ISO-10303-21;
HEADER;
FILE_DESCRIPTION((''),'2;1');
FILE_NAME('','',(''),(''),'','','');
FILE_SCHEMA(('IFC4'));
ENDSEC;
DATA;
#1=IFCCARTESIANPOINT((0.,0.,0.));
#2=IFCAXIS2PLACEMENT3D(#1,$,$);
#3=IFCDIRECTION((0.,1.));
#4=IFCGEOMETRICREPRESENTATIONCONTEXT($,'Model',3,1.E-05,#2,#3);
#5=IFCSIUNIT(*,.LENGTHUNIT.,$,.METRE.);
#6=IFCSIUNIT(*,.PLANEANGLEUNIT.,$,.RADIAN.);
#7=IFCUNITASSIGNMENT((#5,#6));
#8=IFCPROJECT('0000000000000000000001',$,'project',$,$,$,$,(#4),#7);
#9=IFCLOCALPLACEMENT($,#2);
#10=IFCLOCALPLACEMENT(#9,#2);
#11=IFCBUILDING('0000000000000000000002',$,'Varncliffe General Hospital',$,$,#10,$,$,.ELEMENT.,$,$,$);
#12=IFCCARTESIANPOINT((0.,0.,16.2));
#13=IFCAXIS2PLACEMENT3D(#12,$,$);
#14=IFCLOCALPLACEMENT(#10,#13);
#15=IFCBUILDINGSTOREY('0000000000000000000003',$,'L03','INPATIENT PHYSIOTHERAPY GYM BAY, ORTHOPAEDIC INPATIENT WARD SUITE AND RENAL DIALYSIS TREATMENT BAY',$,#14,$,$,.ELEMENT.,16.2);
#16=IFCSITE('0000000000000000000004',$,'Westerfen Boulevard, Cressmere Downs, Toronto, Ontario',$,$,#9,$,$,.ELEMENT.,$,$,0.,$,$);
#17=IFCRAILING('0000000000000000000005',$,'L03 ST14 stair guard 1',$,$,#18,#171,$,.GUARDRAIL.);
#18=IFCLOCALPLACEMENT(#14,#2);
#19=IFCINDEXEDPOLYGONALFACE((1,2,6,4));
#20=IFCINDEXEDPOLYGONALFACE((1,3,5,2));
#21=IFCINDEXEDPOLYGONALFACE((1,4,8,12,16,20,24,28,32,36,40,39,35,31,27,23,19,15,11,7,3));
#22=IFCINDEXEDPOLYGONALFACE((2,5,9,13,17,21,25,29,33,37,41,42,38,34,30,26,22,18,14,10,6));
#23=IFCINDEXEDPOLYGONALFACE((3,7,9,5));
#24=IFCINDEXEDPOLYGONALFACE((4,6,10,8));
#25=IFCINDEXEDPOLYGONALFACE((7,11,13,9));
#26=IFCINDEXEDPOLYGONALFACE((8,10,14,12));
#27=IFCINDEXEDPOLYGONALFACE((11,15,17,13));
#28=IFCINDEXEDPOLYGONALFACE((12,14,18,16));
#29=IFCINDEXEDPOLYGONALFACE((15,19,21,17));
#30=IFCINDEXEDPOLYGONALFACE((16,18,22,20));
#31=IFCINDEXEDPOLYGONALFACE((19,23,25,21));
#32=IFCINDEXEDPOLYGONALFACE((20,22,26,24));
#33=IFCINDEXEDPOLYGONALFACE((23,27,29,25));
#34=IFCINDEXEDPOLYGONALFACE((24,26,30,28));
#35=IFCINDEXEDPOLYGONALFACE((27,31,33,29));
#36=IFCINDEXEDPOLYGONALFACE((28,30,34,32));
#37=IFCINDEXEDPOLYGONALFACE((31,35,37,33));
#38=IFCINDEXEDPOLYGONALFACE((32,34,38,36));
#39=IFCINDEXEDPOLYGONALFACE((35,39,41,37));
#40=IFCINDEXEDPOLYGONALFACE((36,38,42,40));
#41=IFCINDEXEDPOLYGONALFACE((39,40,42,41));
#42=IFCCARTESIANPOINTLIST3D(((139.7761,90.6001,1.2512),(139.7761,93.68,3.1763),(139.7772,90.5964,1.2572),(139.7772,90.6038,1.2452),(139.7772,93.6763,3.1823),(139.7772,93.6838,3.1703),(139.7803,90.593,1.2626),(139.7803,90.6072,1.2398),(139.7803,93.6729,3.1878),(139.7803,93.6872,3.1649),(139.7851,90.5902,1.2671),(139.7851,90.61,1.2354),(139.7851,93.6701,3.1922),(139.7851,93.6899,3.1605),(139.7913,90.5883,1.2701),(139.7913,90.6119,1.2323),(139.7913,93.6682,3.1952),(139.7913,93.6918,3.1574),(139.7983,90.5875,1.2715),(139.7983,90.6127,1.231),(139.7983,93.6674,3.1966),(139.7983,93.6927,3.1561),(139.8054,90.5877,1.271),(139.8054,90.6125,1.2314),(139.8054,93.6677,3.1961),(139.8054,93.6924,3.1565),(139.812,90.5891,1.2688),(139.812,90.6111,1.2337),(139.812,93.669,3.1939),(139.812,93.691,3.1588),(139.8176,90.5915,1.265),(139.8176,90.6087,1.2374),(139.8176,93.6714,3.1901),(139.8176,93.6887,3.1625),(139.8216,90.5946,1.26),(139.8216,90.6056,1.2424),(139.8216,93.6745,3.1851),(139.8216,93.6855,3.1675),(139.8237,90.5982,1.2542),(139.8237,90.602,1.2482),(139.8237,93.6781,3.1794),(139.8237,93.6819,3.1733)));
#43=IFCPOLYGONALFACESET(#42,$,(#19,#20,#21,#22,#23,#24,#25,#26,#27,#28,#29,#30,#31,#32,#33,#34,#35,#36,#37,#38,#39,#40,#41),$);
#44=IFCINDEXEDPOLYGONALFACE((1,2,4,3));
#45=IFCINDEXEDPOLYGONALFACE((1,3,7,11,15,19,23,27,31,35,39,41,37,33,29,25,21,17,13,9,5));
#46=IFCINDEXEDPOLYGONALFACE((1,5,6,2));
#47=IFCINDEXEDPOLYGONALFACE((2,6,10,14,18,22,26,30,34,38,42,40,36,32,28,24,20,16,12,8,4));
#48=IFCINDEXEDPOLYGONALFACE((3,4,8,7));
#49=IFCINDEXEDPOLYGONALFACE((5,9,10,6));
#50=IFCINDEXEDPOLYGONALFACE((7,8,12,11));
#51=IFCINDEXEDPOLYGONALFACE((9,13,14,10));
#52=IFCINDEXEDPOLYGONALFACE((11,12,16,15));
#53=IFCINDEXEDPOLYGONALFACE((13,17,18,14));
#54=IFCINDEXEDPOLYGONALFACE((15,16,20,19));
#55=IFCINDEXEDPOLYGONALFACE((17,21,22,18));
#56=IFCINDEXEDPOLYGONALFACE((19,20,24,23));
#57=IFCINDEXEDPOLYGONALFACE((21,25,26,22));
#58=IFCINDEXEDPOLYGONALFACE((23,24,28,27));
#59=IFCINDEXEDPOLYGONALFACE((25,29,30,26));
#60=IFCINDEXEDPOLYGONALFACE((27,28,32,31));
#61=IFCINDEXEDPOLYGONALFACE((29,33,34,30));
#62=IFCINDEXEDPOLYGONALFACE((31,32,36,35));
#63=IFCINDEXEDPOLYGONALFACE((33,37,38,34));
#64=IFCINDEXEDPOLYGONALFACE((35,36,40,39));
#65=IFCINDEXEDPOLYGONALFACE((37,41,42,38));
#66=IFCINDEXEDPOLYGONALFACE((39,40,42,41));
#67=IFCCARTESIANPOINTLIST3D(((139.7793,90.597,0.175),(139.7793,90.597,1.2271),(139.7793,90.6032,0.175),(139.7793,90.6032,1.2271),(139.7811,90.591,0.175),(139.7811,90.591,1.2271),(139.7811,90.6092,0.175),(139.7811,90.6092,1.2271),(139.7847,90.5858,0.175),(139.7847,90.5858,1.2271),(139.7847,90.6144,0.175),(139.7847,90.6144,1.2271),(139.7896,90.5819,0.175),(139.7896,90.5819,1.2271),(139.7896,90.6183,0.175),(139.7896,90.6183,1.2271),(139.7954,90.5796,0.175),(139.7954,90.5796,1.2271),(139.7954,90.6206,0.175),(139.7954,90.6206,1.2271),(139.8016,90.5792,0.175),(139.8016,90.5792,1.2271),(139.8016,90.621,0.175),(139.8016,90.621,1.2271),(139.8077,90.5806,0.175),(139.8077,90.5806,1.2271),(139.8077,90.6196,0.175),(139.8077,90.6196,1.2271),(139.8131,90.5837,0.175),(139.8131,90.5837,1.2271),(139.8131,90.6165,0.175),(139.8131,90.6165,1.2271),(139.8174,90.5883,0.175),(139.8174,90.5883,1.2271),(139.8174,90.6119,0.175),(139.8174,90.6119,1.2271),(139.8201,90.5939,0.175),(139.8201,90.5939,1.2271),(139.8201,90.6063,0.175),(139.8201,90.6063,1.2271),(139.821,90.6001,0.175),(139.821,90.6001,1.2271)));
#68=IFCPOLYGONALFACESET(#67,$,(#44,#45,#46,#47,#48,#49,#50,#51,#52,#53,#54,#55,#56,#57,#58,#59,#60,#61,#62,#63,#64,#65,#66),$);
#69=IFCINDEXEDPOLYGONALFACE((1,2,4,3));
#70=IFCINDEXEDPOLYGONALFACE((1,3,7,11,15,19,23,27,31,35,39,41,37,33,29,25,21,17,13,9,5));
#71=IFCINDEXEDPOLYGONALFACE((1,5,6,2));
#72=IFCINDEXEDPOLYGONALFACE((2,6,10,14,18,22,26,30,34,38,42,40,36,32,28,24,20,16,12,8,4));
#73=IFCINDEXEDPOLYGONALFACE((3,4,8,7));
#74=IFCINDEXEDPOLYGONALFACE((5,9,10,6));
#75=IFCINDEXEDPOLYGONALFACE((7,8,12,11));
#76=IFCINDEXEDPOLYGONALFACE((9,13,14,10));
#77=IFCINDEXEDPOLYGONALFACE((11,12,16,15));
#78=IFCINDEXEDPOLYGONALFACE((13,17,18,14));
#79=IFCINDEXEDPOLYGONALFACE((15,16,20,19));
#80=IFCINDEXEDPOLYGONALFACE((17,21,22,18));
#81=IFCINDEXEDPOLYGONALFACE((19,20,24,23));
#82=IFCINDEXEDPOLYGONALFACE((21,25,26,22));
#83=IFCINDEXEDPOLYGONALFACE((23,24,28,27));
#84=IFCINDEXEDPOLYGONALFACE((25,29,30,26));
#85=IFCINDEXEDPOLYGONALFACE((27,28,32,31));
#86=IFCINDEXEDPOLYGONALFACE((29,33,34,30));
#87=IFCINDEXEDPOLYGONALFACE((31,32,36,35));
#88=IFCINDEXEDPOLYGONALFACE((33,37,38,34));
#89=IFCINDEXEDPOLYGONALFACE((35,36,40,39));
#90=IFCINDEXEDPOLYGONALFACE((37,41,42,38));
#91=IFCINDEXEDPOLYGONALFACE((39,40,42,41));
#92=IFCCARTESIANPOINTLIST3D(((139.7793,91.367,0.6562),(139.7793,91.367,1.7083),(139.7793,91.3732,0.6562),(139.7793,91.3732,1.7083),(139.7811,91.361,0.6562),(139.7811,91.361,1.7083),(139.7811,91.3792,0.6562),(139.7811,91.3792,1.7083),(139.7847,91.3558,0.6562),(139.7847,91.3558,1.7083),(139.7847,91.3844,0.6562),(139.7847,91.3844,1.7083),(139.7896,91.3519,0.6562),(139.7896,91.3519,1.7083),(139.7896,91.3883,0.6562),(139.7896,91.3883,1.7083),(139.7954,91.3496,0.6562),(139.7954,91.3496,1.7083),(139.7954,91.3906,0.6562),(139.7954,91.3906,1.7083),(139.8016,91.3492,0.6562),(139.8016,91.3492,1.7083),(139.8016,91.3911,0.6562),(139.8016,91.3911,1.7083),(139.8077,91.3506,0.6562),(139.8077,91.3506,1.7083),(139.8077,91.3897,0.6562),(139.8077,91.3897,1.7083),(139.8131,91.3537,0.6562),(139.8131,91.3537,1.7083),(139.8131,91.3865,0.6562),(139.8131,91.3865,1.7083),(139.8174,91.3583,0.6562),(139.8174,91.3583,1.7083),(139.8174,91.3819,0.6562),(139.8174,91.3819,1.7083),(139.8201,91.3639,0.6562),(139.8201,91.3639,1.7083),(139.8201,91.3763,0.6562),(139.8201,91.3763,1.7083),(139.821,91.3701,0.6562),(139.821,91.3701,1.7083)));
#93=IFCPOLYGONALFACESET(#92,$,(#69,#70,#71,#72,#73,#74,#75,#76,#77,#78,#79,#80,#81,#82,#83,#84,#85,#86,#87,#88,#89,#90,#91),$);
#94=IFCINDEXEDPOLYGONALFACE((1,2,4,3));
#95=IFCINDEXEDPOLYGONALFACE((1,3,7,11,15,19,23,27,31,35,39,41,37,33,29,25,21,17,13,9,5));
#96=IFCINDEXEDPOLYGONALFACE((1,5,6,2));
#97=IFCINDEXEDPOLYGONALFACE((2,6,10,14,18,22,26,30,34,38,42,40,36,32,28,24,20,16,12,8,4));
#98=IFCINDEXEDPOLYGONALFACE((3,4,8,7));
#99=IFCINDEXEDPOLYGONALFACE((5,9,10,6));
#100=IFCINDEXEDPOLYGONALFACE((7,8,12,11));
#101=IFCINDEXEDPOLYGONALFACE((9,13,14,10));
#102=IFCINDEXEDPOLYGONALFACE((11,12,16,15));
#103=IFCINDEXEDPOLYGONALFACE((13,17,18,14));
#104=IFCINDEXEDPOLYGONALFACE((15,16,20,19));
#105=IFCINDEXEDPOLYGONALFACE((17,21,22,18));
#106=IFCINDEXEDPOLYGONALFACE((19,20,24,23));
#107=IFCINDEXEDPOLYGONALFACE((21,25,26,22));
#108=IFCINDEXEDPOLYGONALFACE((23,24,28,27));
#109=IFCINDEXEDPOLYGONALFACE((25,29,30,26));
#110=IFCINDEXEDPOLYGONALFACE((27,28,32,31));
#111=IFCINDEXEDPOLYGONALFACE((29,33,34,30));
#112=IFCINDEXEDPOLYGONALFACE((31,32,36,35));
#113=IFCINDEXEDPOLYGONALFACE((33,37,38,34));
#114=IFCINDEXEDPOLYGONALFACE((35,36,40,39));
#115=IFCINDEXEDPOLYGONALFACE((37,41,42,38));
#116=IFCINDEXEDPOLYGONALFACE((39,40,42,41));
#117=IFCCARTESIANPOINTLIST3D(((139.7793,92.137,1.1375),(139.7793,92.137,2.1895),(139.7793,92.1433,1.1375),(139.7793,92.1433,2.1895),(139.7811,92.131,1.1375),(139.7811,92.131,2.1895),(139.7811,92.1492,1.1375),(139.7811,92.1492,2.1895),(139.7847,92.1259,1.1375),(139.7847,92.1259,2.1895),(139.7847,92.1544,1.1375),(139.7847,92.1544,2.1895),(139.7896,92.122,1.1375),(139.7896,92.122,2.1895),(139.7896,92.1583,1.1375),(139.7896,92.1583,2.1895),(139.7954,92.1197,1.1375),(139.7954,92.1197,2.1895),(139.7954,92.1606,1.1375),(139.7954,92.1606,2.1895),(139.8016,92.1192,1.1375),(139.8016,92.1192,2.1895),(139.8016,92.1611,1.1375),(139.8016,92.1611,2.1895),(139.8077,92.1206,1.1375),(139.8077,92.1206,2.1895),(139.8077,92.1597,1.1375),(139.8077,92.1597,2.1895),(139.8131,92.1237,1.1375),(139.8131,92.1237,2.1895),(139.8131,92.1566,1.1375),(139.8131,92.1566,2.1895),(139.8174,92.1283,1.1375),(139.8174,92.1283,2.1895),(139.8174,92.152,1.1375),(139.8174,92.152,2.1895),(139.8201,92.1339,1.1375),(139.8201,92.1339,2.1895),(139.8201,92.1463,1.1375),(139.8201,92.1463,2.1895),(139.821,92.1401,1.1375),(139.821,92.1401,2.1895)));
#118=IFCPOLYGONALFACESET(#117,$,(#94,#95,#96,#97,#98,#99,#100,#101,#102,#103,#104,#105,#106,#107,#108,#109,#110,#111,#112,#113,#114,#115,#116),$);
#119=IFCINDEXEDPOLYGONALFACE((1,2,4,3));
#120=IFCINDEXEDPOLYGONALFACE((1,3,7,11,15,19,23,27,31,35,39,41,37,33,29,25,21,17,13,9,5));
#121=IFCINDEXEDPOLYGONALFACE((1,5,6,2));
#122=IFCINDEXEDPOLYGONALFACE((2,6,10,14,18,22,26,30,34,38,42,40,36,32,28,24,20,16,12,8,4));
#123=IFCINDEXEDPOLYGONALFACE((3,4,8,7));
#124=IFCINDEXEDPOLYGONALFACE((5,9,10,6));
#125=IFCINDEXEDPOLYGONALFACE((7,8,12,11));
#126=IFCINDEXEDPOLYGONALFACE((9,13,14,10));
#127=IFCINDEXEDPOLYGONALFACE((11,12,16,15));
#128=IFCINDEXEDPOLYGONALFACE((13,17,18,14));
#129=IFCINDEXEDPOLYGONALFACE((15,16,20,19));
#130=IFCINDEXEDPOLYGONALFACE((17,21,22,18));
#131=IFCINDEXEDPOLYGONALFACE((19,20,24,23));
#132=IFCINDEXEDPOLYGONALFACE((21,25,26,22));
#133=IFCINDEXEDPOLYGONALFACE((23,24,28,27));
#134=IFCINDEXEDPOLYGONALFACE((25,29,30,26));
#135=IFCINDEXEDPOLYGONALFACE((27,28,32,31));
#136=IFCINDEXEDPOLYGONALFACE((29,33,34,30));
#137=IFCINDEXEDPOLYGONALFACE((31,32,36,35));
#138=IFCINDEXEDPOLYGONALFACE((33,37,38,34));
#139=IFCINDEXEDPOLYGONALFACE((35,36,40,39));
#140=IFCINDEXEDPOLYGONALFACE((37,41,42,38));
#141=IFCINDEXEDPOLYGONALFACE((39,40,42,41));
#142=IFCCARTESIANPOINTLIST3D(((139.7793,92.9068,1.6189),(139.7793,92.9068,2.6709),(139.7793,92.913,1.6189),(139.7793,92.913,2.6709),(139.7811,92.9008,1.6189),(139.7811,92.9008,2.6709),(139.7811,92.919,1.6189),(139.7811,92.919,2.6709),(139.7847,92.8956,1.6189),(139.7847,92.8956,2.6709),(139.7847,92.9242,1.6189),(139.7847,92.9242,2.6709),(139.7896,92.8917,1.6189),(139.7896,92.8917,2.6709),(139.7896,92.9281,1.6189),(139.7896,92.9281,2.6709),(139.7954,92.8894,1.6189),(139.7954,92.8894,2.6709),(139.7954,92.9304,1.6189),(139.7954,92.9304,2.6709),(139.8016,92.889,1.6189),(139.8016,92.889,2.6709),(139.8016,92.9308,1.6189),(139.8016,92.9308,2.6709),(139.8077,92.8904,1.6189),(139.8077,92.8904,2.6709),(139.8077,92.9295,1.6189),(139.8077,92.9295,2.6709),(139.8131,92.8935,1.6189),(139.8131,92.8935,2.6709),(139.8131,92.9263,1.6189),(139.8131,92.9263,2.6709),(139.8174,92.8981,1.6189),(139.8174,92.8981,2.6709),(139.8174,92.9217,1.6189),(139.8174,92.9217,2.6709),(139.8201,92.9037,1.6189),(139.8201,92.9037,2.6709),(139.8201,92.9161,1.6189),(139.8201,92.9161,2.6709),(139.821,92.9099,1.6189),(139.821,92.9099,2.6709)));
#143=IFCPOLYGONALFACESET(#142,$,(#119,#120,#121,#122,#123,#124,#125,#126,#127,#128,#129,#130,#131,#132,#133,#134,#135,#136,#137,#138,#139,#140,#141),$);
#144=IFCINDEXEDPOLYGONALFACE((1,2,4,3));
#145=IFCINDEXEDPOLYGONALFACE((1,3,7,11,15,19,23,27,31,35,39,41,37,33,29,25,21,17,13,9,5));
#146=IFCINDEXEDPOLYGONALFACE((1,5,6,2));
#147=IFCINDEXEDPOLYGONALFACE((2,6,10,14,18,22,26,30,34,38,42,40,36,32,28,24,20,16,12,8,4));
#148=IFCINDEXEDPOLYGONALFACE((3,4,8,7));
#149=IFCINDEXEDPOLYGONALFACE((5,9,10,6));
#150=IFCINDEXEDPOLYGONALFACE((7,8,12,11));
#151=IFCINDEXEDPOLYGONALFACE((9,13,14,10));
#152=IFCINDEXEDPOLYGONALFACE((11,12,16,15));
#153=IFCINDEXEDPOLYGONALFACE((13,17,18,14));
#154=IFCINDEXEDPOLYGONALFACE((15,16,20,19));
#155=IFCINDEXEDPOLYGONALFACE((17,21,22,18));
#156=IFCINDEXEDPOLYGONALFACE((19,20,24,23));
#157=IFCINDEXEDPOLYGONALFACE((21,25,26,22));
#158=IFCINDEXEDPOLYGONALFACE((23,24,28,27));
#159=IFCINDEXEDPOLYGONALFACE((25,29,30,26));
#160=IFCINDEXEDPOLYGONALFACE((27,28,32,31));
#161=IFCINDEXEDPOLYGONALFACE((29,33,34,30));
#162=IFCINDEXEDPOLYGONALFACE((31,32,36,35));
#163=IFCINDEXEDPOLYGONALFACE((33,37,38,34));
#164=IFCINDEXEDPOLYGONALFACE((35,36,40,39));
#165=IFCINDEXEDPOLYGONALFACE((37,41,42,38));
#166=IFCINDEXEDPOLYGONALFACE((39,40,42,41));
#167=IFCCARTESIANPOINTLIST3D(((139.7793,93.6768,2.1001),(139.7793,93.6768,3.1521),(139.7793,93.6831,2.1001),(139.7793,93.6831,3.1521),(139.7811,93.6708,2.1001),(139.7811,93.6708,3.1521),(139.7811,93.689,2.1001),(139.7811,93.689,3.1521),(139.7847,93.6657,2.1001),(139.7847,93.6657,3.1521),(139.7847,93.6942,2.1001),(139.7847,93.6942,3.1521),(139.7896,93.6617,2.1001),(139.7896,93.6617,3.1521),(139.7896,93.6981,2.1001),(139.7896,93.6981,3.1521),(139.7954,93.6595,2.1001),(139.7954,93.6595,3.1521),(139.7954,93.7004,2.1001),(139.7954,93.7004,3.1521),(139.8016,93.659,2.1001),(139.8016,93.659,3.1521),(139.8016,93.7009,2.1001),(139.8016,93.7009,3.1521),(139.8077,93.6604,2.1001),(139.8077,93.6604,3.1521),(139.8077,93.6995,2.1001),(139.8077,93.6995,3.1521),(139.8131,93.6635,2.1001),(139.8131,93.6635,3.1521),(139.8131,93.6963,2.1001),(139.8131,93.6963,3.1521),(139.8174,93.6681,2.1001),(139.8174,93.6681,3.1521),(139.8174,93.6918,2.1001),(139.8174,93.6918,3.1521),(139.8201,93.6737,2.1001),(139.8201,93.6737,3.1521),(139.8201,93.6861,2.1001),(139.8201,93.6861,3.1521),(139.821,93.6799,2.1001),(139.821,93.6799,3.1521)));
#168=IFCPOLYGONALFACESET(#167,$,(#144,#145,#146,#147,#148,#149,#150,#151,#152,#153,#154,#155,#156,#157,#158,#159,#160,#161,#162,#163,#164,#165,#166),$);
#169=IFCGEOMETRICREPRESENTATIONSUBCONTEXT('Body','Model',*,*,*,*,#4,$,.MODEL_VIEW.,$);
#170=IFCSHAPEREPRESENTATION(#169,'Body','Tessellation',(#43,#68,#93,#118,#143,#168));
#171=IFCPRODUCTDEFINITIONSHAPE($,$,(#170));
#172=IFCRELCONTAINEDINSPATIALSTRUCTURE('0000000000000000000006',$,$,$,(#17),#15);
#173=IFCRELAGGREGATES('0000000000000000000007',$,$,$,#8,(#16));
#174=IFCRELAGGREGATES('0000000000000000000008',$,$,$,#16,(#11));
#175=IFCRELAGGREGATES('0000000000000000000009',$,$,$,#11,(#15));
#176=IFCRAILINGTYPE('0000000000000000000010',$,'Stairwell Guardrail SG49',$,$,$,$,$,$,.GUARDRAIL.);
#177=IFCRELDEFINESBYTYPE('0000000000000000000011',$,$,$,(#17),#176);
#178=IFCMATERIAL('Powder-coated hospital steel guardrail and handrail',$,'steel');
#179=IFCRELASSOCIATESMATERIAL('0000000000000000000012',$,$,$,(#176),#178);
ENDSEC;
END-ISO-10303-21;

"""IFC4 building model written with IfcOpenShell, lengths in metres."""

from ifc_helpers import new_model, si_unit, direction, frame, origin, origin_2d, place, context, subcontext, project, spatial, circle, extrude, material, type_object, element, save


model = new_model("IFC4")

# Units and contexts
model_context = context("Model", 3, precision=1e-05, world=origin(), true_north=direction((0.0, 1.0)))
body_context = subcontext(model_context, "Body", "Model", "MODEL_VIEW")
ifc_project = project(units=[si_unit("LENGTHUNIT", "METRE"), si_unit("PLANEANGLEUNIT", "RADIAN")], contexts=[model_context])

# Site, building, storey
site_placement = place(None, origin())
site = spatial("IfcSite", under=ifc_project, at=site_placement, Name="Westerfen Boulevard, Cressmere Downs, Toronto, Ontario", CompositionType="ELEMENT", RefElevation=0.0)
building_placement = place(site_placement, origin())
building = spatial("IfcBuilding", under=site, at=building_placement, Name="Varncliffe General Hospital", CompositionType="ELEMENT")
storey_placement = place(building_placement, frame((0.0, 0.0, 16.2)))
storey = spatial("IfcBuildingStorey", under=building, at=storey_placement, Name="L03", Description="INPATIENT PHYSIOTHERAPY GYM BAY, ORTHOPAEDIC INPATIENT WARD SUITE AND RENAL DIALYSIS TREATMENT BAY", CompositionType="ELEMENT", Elevation=16.2)

# Railing
ifc_material_1 = material(Name="Powder-coated hospital steel guardrail and handrail", Category="steel")
railing_type_1 = type_object("IfcRailingType", Name="Stairwell Guardrail SG49", PredefinedType="GUARDRAIL", material=ifc_material_1)
railing_1_placement = place(storey_placement, frame((139.8, 90.6001, 0.175)))
element("IfcRailing", 1, at=railing_1_placement, inside=storey, type_object=railing_type_1, Name="L03 ST14 stair guard 1", PredefinedType="GUARDRAIL", context=body_context, shape_type="SweptSolid", body=[
    extrude(circle(Radius=0.0239, at=origin_2d()), frame((0.0, 0.0, 1.0762), z_axis=(0.0, 0.847979, 0.530029), x_axis=(-1.0, 0.0, 0.0)), (0.0, 0.0, 1.0), 3.6321),
    extrude(circle(Radius=0.021, at=origin_2d()), origin(), (0.0, 0.0, 1.0), 1.052),
    extrude(circle(Radius=0.021, at=origin_2d()), frame((0.0, 0.77, 0.4812)), (0.0, 0.0, 1.0), 1.052),
    extrude(circle(Radius=0.021, at=origin_2d()), frame((0.0, 1.54, 0.9624)), (0.0, 0.0, 1.0), 1.052),
    extrude(circle(Radius=0.021, at=origin_2d()), frame((0.0, 2.3098, 1.4438)), (0.0, 0.0, 1.0), 1.052),
    extrude(circle(Radius=0.021, at=origin_2d()), frame((0.0, 3.0798, 1.925)), (0.0, 0.0, 1.0), 1.052),
])

save(model, "model.ifc")
